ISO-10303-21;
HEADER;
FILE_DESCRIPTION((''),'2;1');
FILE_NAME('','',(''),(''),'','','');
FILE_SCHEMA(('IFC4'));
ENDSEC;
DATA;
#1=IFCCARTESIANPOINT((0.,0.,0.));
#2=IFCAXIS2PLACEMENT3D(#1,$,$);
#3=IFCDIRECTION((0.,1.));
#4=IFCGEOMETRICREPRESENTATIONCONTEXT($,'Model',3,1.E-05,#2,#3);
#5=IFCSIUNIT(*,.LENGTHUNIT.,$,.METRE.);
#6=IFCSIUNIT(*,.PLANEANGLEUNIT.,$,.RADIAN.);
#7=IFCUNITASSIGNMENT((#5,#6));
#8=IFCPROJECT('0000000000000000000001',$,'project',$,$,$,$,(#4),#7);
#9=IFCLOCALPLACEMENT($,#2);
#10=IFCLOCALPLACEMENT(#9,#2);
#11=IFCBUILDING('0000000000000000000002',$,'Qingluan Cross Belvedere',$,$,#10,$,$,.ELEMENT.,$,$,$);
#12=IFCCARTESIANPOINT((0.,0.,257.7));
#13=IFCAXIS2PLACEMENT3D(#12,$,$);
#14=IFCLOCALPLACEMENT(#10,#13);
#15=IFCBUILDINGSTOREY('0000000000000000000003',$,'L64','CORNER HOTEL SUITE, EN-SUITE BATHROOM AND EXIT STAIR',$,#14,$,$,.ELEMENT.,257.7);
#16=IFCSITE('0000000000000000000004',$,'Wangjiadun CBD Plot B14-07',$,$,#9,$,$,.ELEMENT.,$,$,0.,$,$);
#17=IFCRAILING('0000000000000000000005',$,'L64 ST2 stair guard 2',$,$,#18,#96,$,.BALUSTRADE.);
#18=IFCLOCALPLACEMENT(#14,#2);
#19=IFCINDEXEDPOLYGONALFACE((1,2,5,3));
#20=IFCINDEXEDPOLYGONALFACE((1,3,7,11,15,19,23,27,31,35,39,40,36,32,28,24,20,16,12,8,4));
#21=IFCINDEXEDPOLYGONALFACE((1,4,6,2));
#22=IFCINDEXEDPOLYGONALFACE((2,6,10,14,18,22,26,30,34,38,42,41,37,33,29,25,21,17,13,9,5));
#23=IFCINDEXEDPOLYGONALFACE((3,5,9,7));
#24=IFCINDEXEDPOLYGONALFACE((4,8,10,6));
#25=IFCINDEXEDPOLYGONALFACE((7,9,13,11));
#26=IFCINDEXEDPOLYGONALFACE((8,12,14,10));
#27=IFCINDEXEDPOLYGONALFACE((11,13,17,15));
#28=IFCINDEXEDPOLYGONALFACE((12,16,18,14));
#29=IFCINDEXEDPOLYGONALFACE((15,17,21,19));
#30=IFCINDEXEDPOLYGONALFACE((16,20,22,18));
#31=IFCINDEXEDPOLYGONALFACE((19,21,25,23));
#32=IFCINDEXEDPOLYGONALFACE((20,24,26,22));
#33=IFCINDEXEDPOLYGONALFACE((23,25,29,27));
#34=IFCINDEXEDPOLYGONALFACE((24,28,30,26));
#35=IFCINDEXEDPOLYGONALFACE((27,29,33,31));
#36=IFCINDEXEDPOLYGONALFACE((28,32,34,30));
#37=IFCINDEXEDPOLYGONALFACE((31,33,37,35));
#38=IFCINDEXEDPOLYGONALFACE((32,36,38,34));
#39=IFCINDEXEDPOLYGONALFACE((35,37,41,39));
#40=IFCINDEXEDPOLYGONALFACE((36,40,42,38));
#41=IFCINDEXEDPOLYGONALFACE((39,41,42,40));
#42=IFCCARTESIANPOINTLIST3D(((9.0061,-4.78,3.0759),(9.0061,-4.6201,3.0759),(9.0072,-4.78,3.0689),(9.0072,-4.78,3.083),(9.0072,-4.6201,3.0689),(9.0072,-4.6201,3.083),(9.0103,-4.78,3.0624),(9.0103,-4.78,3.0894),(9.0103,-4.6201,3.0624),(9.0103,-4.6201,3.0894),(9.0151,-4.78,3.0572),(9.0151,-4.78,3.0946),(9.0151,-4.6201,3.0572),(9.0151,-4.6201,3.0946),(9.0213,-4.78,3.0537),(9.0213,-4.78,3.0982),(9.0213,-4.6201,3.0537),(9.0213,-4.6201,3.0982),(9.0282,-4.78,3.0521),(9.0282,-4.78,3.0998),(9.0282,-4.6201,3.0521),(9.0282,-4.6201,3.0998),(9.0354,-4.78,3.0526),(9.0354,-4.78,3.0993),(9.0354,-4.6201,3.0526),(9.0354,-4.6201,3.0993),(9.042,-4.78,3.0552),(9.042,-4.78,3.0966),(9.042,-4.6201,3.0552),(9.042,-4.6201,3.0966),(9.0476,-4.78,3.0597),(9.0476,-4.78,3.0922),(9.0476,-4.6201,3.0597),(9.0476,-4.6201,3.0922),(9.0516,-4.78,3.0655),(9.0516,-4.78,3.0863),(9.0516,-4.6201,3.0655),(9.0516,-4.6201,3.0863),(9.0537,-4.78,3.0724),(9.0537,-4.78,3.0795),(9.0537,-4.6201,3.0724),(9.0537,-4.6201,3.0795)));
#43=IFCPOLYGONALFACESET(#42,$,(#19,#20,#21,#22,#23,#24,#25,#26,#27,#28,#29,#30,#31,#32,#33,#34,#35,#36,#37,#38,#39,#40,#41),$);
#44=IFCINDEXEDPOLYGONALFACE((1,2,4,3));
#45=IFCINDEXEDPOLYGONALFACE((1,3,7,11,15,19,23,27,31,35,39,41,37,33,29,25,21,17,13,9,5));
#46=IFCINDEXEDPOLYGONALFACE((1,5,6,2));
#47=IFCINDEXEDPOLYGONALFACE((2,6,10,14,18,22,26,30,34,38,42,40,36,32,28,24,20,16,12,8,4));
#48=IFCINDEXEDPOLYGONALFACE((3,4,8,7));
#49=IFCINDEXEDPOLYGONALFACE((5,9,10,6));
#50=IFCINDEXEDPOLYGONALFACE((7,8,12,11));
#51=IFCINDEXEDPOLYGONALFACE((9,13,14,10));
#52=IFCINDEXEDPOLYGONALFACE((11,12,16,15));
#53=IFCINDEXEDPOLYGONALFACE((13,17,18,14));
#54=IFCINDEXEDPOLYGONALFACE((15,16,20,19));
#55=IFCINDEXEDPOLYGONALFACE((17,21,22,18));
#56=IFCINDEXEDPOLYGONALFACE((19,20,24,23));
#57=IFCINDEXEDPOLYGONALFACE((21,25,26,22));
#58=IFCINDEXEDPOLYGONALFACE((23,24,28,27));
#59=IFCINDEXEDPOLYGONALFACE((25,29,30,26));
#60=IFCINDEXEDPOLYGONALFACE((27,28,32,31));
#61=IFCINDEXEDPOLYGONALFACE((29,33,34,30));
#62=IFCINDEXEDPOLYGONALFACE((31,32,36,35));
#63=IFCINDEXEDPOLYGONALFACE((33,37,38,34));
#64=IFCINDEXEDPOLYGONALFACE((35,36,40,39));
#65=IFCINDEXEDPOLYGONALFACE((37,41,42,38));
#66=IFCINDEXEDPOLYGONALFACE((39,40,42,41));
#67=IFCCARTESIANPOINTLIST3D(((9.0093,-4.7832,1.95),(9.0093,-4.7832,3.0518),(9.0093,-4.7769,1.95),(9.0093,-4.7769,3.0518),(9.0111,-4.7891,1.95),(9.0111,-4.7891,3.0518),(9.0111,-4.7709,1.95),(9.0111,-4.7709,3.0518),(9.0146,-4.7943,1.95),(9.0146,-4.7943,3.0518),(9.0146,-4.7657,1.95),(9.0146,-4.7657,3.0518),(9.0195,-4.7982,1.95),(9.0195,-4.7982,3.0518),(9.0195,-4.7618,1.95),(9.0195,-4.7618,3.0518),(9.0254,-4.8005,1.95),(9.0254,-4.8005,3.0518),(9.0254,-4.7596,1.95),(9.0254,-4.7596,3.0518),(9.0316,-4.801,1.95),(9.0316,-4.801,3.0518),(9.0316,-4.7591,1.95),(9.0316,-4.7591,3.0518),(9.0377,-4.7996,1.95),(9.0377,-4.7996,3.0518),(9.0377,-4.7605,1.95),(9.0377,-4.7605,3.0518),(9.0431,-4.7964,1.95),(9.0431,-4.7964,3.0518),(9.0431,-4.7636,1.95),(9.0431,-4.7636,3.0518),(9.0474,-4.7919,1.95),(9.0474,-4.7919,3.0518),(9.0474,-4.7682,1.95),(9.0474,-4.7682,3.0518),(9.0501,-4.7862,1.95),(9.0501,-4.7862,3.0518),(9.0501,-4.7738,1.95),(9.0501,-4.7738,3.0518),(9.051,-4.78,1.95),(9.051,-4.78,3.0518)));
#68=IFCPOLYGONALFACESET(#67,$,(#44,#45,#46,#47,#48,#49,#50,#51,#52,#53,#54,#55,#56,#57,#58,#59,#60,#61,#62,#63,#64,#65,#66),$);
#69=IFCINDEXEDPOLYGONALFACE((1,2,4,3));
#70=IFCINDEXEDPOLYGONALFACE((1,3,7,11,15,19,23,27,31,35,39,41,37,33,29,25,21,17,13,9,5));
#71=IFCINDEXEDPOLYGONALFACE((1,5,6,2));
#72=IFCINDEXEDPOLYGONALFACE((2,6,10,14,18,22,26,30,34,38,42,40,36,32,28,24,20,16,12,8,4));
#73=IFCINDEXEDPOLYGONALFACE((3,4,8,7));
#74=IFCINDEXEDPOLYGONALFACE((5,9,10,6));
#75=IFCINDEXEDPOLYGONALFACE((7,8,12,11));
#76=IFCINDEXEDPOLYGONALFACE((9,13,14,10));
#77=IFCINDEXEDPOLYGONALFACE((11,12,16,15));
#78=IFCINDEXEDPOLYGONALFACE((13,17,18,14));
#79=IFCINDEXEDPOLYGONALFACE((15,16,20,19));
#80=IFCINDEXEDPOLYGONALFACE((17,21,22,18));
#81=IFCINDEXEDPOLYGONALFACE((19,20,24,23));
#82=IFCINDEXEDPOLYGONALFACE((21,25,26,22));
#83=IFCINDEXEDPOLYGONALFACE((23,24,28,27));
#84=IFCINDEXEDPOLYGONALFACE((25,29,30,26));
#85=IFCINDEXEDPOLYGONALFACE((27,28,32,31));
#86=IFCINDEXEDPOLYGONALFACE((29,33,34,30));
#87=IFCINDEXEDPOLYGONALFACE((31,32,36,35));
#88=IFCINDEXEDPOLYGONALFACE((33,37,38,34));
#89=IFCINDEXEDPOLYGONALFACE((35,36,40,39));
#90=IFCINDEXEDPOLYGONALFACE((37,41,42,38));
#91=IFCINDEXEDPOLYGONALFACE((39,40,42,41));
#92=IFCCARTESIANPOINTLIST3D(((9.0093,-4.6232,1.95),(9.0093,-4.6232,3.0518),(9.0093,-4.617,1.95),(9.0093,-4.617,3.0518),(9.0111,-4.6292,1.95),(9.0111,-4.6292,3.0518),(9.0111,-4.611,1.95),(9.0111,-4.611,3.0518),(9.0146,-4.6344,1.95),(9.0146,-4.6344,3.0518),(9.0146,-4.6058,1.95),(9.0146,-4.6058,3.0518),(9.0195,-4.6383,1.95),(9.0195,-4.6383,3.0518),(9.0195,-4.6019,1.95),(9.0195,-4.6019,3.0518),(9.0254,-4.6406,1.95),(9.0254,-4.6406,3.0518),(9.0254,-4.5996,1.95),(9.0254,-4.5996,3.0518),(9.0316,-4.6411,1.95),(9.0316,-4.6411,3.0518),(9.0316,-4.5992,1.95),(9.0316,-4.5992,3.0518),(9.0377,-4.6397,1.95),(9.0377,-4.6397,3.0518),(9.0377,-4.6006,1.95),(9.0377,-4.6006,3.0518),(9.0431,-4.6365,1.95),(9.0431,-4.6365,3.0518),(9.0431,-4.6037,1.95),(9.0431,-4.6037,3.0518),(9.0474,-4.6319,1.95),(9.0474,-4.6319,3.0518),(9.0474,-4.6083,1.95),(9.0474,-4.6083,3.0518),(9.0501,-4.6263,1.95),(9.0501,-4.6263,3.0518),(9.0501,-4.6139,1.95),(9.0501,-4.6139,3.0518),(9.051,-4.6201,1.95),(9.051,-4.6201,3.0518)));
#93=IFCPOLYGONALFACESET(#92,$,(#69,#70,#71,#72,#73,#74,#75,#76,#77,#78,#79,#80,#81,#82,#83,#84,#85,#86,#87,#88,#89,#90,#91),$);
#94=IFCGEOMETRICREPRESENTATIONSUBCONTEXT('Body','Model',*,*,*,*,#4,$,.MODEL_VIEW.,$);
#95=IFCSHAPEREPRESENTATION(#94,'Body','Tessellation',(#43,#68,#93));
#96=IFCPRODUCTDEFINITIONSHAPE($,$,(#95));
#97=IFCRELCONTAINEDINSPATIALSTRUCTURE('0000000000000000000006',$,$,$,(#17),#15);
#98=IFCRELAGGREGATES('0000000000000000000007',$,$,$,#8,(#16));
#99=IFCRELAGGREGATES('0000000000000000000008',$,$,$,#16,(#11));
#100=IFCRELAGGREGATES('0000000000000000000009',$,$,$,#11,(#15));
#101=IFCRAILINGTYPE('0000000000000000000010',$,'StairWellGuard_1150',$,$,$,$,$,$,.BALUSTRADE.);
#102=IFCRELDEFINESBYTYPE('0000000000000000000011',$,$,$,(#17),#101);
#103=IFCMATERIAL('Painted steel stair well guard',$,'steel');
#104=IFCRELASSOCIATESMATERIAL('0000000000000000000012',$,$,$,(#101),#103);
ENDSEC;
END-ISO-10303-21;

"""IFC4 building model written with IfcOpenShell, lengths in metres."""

from ifc_helpers import new_model, si_unit, direction, frame, origin, origin_2d, place, context, subcontext, project, spatial, circle, extrude, material, type_object, element, save


model = new_model("IFC4")

# Units and contexts
model_context = context("Model", 3, precision=1e-05, world=origin(), true_north=direction((0.0, 1.0)))
body_context = subcontext(model_context, "Body", "Model", "MODEL_VIEW")
ifc_project = project(units=[si_unit("LENGTHUNIT", "METRE"), si_unit("PLANEANGLEUNIT", "RADIAN")], contexts=[model_context])

# Site, building, storey
site_placement = place(None, origin())
site = spatial("IfcSite", under=ifc_project, at=site_placement, Name="Wangjiadun CBD Plot B14-07", CompositionType="ELEMENT", RefElevation=0.0)
building_placement = place(site_placement, origin())
building = spatial("IfcBuilding", under=site, at=building_placement, Name="Qingluan Cross Belvedere", CompositionType="ELEMENT")
storey_placement = place(building_placement, frame((0.0, 0.0, 257.7)))
storey = spatial("IfcBuildingStorey", under=building, at=storey_placement, Name="L64", Description="CORNER HOTEL SUITE, EN-SUITE BATHROOM AND EXIT STAIR", CompositionType="ELEMENT", Elevation=257.7)

# Railing
ifc_material_1 = material(Name="Painted steel stair well guard", Category="steel")
railing_type_1 = type_object("IfcRailingType", Name="StairWellGuard_1150", PredefinedType="BALUSTRADE", material=ifc_material_1)
railing_1_placement = place(storey_placement, frame((9.03, -4.78, 1.95)))
element("IfcRailing", 1, at=railing_1_placement, inside=storey, type_object=railing_type_1, Name="L64 ST2 stair guard 2", PredefinedType="BALUSTRADE", context=body_context, shape_type="SweptSolid", body=[
    extrude(circle(Radius=0.0239, at=origin_2d()), frame((0.0, 0.0, 1.126), z_axis=(0.0, 1.0, 0.0), x_axis=(-1.0, 0.0, 0.0)), (0.0, 0.0, 1.0), 0.1599),
    extrude(circle(Radius=0.021, at=origin_2d()), origin(), (0.0, 0.0, 1.0), 1.1018),
    extrude(circle(Radius=0.021, at=origin_2d()), frame((0.0, 0.1599, 0.0)), (0.0, 0.0, 1.0), 1.1018),
])

save(model, "model.ifc")
